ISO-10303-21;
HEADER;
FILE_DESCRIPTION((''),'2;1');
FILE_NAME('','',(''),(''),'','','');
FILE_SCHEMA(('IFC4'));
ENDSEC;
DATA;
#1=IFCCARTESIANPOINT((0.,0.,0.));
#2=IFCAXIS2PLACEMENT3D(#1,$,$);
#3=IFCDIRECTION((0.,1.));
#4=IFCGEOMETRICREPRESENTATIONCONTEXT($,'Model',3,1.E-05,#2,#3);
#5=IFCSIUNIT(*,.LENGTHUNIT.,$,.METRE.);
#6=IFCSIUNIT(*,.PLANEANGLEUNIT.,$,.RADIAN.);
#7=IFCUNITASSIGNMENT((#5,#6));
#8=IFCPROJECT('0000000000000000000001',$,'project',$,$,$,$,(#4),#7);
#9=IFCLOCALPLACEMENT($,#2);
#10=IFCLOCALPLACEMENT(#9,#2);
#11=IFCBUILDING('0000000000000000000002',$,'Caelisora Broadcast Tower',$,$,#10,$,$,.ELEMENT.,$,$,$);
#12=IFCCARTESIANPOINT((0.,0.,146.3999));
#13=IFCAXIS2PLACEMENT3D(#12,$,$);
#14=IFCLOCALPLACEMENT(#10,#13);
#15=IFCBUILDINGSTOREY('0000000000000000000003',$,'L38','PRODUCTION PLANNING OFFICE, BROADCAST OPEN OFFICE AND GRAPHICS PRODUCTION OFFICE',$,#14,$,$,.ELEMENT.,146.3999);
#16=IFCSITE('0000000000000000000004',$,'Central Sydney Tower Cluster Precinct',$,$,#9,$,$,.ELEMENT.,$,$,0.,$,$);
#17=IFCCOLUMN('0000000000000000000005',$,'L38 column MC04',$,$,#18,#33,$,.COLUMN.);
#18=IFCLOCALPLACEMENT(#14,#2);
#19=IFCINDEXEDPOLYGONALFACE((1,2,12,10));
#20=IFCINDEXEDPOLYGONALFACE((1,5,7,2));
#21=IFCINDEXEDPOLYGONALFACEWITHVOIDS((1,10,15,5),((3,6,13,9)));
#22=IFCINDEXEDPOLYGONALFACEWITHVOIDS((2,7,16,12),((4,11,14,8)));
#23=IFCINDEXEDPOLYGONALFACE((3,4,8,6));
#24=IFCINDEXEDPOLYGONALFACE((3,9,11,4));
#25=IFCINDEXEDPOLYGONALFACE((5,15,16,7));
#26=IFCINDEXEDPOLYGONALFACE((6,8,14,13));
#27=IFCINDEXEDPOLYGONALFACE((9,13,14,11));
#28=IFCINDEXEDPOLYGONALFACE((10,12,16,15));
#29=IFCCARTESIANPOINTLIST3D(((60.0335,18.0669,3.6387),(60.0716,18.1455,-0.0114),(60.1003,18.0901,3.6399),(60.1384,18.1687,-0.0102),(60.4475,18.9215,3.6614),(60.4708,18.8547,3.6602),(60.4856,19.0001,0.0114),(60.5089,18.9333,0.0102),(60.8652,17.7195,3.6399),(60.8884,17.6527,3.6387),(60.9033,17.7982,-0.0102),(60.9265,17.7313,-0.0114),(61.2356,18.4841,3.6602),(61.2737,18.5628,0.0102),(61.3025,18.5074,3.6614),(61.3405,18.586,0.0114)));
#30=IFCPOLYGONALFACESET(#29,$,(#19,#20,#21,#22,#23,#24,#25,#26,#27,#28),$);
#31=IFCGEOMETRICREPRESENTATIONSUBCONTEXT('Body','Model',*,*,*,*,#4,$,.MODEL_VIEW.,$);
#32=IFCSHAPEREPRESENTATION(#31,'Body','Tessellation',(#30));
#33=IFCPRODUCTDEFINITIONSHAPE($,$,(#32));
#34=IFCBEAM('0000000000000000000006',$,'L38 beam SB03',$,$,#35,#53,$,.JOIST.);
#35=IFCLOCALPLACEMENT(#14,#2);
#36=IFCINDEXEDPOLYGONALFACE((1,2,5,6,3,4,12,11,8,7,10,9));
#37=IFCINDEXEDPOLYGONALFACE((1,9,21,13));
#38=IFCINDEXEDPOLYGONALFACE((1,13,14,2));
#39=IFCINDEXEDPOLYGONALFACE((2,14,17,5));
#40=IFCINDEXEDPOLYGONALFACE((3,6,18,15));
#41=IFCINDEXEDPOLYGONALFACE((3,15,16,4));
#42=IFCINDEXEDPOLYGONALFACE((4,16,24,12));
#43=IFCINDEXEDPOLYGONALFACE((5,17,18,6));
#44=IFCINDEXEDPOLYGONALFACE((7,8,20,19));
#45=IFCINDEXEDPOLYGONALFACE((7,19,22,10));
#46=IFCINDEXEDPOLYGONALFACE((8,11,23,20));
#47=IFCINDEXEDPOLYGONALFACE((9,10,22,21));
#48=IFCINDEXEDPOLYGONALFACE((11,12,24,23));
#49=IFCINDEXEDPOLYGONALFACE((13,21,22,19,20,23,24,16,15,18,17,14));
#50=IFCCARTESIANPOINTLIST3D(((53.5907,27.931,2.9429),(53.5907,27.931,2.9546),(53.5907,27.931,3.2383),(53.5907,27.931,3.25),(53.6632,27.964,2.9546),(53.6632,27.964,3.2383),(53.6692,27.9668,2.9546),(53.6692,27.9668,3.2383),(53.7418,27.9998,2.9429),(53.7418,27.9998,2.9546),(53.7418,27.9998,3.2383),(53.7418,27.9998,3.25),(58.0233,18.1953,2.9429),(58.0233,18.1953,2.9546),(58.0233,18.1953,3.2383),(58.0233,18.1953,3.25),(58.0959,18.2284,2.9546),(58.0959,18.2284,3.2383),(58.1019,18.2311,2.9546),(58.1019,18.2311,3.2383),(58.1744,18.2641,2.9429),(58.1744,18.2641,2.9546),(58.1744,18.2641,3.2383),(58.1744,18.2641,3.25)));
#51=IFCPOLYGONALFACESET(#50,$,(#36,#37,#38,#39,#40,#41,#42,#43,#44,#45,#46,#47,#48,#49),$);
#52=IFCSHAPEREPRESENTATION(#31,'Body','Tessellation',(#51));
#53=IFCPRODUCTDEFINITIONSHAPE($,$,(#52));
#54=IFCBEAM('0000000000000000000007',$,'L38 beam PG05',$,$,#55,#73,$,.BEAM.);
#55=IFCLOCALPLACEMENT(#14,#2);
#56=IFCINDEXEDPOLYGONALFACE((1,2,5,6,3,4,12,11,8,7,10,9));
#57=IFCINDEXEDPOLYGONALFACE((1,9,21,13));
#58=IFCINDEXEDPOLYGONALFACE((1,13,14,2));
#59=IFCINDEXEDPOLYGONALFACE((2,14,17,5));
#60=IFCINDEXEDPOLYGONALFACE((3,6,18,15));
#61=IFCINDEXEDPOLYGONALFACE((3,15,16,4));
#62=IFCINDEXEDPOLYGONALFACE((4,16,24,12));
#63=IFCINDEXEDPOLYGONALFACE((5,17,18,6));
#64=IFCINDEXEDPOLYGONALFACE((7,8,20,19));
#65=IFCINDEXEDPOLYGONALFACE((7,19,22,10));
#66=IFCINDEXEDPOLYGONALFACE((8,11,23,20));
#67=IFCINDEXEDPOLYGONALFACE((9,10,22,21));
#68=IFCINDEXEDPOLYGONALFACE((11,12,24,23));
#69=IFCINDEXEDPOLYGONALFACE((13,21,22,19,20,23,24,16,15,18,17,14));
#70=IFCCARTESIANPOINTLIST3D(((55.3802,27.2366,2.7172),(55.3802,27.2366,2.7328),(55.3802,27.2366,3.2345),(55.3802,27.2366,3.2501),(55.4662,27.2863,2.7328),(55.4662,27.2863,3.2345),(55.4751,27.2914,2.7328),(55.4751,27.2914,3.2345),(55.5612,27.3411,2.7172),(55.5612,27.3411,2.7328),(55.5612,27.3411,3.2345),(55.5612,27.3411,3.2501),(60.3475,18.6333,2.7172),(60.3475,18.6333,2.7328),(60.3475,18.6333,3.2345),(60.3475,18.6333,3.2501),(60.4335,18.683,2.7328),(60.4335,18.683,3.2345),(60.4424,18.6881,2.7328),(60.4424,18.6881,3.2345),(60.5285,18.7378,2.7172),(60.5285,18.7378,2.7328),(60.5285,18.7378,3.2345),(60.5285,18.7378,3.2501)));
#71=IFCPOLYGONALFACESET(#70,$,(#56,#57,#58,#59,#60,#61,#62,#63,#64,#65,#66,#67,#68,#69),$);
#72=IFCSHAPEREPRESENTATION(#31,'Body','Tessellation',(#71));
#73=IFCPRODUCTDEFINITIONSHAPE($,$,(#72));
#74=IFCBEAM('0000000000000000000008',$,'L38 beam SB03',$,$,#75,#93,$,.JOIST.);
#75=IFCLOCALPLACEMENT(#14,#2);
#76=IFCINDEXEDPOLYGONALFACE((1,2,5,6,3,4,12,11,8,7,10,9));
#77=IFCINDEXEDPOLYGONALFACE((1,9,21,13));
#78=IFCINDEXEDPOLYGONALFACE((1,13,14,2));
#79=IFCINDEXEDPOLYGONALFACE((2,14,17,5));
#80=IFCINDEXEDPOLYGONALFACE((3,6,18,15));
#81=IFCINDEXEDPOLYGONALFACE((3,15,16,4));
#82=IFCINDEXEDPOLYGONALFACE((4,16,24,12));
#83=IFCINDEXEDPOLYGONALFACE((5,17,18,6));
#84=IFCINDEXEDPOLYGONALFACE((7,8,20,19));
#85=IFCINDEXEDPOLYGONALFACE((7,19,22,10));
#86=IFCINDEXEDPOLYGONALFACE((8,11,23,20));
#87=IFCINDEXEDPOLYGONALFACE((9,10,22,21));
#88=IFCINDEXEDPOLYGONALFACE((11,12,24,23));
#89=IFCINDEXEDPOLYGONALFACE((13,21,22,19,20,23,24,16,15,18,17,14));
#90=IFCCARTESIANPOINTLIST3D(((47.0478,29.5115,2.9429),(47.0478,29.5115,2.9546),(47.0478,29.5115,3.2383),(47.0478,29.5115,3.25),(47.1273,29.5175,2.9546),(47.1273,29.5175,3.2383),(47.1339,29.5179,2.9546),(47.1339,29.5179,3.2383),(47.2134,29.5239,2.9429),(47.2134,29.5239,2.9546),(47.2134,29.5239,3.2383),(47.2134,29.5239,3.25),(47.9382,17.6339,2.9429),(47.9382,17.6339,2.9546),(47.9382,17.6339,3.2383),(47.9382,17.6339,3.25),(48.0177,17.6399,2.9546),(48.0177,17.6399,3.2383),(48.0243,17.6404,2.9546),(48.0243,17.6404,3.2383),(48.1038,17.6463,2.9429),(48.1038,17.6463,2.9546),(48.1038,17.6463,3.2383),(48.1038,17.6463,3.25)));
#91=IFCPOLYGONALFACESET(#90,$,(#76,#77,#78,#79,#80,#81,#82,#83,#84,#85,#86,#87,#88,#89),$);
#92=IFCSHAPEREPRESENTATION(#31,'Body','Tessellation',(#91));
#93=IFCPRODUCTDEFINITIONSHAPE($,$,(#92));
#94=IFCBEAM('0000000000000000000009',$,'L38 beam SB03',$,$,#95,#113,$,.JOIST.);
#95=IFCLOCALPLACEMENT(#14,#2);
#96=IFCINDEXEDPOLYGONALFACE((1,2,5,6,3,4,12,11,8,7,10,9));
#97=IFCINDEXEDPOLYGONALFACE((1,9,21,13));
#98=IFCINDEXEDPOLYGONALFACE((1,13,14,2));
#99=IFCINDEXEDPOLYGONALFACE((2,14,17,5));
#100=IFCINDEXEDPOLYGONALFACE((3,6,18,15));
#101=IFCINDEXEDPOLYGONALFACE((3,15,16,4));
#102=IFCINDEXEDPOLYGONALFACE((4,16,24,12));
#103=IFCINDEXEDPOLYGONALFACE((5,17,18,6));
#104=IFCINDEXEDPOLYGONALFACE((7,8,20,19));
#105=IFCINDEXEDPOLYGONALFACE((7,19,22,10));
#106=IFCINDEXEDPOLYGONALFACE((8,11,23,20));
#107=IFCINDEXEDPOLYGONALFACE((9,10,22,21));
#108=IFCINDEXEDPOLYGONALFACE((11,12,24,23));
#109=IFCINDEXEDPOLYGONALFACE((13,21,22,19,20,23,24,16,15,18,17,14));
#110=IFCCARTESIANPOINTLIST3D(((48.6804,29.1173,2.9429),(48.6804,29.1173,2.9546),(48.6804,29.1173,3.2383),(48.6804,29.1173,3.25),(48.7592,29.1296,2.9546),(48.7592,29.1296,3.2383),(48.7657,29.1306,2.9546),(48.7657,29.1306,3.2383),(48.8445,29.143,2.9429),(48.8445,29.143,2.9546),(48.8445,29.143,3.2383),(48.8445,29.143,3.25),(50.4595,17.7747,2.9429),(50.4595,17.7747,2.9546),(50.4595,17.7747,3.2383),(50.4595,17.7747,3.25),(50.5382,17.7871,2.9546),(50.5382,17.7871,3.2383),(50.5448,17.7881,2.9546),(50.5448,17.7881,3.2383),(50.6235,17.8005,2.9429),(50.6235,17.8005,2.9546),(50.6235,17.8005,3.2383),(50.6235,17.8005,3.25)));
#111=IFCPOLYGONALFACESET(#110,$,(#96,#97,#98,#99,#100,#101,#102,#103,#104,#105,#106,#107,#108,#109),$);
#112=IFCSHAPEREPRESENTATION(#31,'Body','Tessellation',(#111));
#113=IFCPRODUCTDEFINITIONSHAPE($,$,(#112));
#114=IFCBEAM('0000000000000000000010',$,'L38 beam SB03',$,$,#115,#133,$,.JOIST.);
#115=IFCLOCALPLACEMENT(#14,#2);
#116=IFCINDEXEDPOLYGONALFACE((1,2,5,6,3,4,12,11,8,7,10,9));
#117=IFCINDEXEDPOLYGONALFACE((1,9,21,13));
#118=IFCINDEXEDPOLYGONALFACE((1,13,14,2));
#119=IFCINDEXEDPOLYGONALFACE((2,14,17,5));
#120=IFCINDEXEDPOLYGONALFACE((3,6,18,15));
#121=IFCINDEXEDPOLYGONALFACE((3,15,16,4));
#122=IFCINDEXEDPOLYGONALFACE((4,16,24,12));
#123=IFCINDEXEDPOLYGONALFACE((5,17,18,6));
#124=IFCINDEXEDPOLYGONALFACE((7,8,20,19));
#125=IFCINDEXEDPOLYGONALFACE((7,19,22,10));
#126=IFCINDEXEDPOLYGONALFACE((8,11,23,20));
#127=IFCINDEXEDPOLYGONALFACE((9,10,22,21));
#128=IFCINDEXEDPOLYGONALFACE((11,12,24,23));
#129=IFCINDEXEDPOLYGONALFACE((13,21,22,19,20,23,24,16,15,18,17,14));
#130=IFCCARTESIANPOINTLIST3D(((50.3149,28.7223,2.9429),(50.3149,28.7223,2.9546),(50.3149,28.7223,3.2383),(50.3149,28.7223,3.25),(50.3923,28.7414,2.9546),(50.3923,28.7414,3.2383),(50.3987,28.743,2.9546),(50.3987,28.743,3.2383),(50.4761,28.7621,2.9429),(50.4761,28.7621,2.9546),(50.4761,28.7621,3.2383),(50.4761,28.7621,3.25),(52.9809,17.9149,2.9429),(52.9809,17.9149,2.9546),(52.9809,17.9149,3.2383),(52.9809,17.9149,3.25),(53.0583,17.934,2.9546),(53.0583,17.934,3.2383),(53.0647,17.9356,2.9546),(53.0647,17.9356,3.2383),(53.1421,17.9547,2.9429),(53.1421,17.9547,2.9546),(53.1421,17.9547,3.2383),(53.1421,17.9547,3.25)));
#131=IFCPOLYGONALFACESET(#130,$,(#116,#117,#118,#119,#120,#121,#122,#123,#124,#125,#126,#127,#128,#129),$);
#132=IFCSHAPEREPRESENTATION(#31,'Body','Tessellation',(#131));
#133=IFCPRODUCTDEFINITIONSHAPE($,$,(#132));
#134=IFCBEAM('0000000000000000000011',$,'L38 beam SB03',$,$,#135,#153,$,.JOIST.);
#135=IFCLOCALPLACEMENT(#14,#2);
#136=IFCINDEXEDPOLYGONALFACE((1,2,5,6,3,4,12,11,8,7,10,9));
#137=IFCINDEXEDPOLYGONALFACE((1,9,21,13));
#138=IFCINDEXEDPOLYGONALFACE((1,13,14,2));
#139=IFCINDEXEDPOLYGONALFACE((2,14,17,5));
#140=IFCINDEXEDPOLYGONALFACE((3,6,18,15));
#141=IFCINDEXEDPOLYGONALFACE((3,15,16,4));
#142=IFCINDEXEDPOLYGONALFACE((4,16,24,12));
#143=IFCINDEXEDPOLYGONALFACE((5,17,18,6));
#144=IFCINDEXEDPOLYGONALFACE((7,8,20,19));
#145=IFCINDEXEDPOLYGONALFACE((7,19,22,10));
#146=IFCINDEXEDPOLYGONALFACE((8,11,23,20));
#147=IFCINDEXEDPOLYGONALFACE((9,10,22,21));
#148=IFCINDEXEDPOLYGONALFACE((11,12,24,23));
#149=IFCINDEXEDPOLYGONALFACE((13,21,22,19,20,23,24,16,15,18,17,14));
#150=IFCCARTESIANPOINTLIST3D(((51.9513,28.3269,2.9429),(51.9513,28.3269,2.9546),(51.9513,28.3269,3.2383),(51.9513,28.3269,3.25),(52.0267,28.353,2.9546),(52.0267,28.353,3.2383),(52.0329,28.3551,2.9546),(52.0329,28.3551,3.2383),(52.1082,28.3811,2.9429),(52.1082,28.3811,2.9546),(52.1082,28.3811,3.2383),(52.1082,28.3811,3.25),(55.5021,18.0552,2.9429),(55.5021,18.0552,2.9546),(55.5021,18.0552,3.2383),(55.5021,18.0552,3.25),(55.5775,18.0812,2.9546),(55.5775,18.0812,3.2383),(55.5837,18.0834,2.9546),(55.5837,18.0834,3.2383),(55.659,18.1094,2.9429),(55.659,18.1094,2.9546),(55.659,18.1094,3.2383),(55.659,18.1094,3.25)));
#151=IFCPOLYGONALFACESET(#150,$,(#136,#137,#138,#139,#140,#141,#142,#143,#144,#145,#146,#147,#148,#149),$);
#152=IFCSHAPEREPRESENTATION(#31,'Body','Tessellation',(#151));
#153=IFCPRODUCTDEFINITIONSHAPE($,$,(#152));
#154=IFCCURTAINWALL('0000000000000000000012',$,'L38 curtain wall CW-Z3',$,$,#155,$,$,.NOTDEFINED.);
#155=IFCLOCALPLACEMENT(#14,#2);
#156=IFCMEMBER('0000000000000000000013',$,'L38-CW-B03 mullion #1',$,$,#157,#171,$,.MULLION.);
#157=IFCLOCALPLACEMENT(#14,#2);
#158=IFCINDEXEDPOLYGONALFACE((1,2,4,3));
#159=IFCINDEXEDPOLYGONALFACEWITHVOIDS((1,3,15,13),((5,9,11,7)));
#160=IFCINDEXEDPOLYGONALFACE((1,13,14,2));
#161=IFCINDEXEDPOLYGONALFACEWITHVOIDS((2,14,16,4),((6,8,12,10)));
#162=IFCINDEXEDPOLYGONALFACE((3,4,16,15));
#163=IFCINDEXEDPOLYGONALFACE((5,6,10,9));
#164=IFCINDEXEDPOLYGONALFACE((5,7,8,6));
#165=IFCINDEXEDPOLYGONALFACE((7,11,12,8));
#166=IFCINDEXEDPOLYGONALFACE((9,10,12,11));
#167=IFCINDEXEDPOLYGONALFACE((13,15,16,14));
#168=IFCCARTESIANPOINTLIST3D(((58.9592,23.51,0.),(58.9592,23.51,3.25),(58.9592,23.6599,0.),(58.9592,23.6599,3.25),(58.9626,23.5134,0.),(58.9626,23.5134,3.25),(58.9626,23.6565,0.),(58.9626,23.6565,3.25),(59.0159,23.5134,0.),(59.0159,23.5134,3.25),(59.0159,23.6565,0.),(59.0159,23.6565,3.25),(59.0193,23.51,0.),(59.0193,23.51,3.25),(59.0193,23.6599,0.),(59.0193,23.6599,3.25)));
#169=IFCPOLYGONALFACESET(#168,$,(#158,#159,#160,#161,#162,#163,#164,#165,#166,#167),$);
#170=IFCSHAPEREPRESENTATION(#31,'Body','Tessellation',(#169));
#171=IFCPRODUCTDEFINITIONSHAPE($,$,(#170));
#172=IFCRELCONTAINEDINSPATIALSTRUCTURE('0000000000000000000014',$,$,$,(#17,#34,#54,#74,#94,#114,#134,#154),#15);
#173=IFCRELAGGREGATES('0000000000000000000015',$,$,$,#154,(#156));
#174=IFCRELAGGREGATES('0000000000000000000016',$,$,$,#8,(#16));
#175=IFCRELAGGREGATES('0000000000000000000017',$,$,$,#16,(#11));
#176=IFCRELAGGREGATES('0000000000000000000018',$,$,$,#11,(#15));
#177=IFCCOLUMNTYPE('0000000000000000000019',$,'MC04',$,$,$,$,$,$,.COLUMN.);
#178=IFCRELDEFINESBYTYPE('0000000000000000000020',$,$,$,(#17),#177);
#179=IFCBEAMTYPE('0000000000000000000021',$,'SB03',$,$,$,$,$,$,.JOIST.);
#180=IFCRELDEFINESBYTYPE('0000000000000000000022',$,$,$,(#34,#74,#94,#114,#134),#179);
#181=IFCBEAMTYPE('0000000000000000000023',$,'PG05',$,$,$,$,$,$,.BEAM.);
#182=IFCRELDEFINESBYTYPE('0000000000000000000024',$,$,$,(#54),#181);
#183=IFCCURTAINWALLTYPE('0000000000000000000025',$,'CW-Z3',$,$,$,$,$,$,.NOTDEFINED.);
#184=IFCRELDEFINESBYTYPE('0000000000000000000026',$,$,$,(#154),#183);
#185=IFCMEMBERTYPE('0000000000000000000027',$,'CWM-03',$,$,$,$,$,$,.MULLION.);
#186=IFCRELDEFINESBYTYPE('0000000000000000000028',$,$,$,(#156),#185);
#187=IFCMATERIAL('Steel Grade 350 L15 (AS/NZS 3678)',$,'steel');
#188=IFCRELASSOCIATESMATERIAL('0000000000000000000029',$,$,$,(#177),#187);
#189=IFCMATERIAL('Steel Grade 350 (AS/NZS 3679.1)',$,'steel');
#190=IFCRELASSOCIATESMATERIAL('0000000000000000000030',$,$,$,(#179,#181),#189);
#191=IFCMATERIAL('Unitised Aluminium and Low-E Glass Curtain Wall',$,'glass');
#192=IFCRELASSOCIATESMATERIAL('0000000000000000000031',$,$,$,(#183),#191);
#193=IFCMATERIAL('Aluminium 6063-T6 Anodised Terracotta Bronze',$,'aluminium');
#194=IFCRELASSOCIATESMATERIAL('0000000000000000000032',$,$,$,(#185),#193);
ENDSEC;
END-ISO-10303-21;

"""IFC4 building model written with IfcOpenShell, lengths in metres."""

from ifc_helpers import new_model, si_unit, direction, frame, origin, origin_2d, place, context, subcontext, project, spatial, hollow_rectangle, i_section, extrude, source, transform, mapped, material, material_profile, profile_set, type_object, type_shapes, element, aggregate, save


model = new_model("IFC4")

# Units and contexts
model_context = context("Model", 3, precision=1e-05, world=origin(), true_north=direction((0.0, 1.0)))
body_context = subcontext(model_context, "Body", "Model", "MODEL_VIEW")
ifc_project = project(units=[si_unit("LENGTHUNIT", "METRE"), si_unit("PLANEANGLEUNIT", "RADIAN")], contexts=[model_context])

# Site, building, storey
site_placement = place(None, origin())
site = spatial("IfcSite", under=ifc_project, at=site_placement, Name="Central Sydney Tower Cluster Precinct", CompositionType="ELEMENT", RefElevation=0.0)
building_placement = place(site_placement, origin())
building = spatial("IfcBuilding", under=site, at=building_placement, Name="Caelisora Broadcast Tower", CompositionType="ELEMENT")
storey_placement = place(building_placement, frame((0.0, 0.0, 146.3999)))
storey = spatial("IfcBuildingStorey", under=building, at=storey_placement, Name="L38", Description="PRODUCTION PLANNING OFFICE, BROADCAST OPEN OFFICE AND GRAPHICS PRODUCTION OFFICE", CompositionType="ELEMENT", Elevation=146.3999)

# Column
ifc_material_1 = material(Name="Steel Grade 350 L15 (AS/NZS 3678)", Category="steel")
ifc_material_profile_1 = material_profile(ifc_material_1, hollow_rectangle(XDim=0.95, YDim=0.95, WallThickness=0.05, at=origin_2d()), Name="Steel Grade 350 L15 (AS/NZS 3678)")
ifc_profile_set_1 = profile_set([ifc_material_profile_1], Name="Steel Grade 350 L15 (AS/NZS 3678)")
column_type = type_object("IfcColumnType", Name="MC04", PredefinedType="COLUMN", material=ifc_profile_set_1)
shared_shape_1 = source(origin(), body_context, "Body", "SweptSolid", [
    extrude(hollow_rectangle(XDim=0.95, YDim=0.95, WallThickness=0.05, at=origin_2d()), origin(), (0.0, 0.0, 1.0), 3.6511),
])
type_shapes(column_type, [shared_shape_1])
column_placement = place(storey_placement, frame((60.7061, 18.3657, 0.0), z_axis=(-0.010431, -0.021531, 0.999714), x_axis=(0.899947, -0.435999, 0.0)))
element("IfcColumn", 1, at=column_placement, inside=storey, type_object=column_type, Name="L38 column MC04", PredefinedType="COLUMN", context=body_context, shape_type="MappedRepresentation", body=[
    mapped(shared_shape_1, transform((0.0, 0.0, 0.0), scale=1.0)),
])

# Beams
ifc_material_2 = material(Name="Steel Grade 350 (AS/NZS 3679.1)", Category="steel")
ifc_material_profile_2 = material_profile(ifc_material_2, i_section(OverallWidth=0.166, OverallDepth=0.3071, WebThickness=0.0066, FlangeThickness=0.0117, at=origin_2d()), Name="Steel Grade 350 (AS/NZS 3679.1)")
ifc_profile_set_2 = profile_set([ifc_material_profile_2], Name="Steel Grade 350 (AS/NZS 3679.1)")
beam_type_1 = type_object("IfcBeamType", Name="SB03", PredefinedType="JOIST", material=ifc_profile_set_2)
shared_shape_2 = source(origin(), body_context, "Body", "SweptSolid", [
    extrude(i_section(OverallWidth=0.166, OverallDepth=0.3071, WebThickness=0.0066, FlangeThickness=0.0117, at=origin_2d()), origin(), (0.0, 0.0, 1.0), 10.6973),
])
beam_1_placement = place(storey_placement, frame((58.0989, 18.2297, 3.0964), z_axis=(-0.414372, 0.910108, 0.0), x_axis=(-0.910108, -0.414372, 0.0)))
element("IfcBeam", 2, at=beam_1_placement, inside=storey, type_object=beam_type_1, Name="L38 beam SB03", PredefinedType="JOIST", context=body_context, shape_type="MappedRepresentation", body=[
    mapped(shared_shape_2, transform((0.0, 0.0, 0.0), scale=1.0)),
])
ifc_material_profile_3 = material_profile(ifc_material_2, i_section(OverallWidth=0.209, OverallDepth=0.533, WebThickness=0.0103, FlangeThickness=0.0156, at=origin_2d()), Name="Steel Grade 350 (AS/NZS 3679.1)")
ifc_profile_set_3 = profile_set([ifc_material_profile_3], Name="Steel Grade 350 (AS/NZS 3679.1)")
beam_type_2 = type_object("IfcBeamType", Name="PG05", PredefinedType="BEAM", material=ifc_profile_set_3)
shared_shape_3 = source(origin(), body_context, "Body", "SweptSolid", [
    extrude(i_section(OverallWidth=0.209, OverallDepth=0.533, WebThickness=0.0103, FlangeThickness=0.0156, at=origin_2d()), origin(), (0.0, 0.0, 1.0), 9.9343),
])
type_shapes(beam_type_2, [shared_shape_3])
beam_2_placement = place(storey_placement, frame((60.438, 18.6855, 2.9836), z_axis=(-0.500014, 0.866017, 0.0), x_axis=(-0.866017, -0.500014, 0.0)))
element("IfcBeam", 3, at=beam_2_placement, inside=storey, type_object=beam_type_2, Name="L38 beam PG05", PredefinedType="BEAM", context=body_context, shape_type="MappedRepresentation", body=[
    mapped(shared_shape_3, transform((0.0, 0.0, 0.0), scale=1.0)),
])
shared_shape_4 = source(origin(), body_context, "Body", "SweptSolid", [
    extrude(i_section(OverallWidth=0.166, OverallDepth=0.3071, WebThickness=0.0066, FlangeThickness=0.0117, at=origin_2d()), origin(), (0.0, 0.0, 1.0), 11.9109),
])
beam_3_placement = place(storey_placement, frame((48.021, 17.6401, 3.0964), z_axis=(-0.074754, 0.997202, 0.0), x_axis=(-0.997202, -0.074754, 0.0)))
element("IfcBeam", 4, at=beam_3_placement, inside=storey, type_object=beam_type_1, Name="L38 beam SB03", PredefinedType="JOIST", context=body_context, shape_type="MappedRepresentation", body=[
    mapped(shared_shape_4, transform((0.0, 0.0, 0.0), scale=1.0)),
])
shared_shape_5 = source(origin(), body_context, "Body", "SweptSolid", [
    extrude(i_section(OverallWidth=0.166, OverallDepth=0.3071, WebThickness=0.0066, FlangeThickness=0.0117, at=origin_2d()), origin(), (0.0, 0.0, 1.0), 11.4812),
])
beam_4_placement = place(storey_placement, frame((50.5415, 17.7876, 3.0964), z_axis=(-0.154954, 0.987922, 0.0), x_axis=(-0.987922, -0.154954, 0.0)))
element("IfcBeam", 5, at=beam_4_placement, inside=storey, type_object=beam_type_1, Name="L38 beam SB03", PredefinedType="JOIST", context=body_context, shape_type="MappedRepresentation", body=[
    mapped(shared_shape_5, transform((0.0, 0.0, 0.0), scale=1.0)),
])
shared_shape_6 = source(origin(), body_context, "Body", "SweptSolid", [
    extrude(i_section(OverallWidth=0.166, OverallDepth=0.3071, WebThickness=0.0066, FlangeThickness=0.0117, at=origin_2d()), origin(), (0.0, 0.0, 1.0), 11.1313),
])
beam_5_placement = place(storey_placement, frame((53.0615, 17.9348, 3.0964), z_axis=(-0.239505, 0.970895, 0.0), x_axis=(-0.970895, -0.239505, 0.0)))
element("IfcBeam", 6, at=beam_5_placement, inside=storey, type_object=beam_type_1, Name="L38 beam SB03", PredefinedType="JOIST", context=body_context, shape_type="MappedRepresentation", body=[
    mapped(shared_shape_6, transform((0.0, 0.0, 0.0), scale=1.0)),
])
shared_shape_7 = source(origin(), body_context, "Body", "SweptSolid", [
    extrude(i_section(OverallWidth=0.166, OverallDepth=0.3071, WebThickness=0.0066, FlangeThickness=0.0117, at=origin_2d()), origin(), (0.0, 0.0, 1.0), 10.8682),
])
type_shapes(beam_type_1, [shared_shape_2, shared_shape_4, shared_shape_5, shared_shape_6, shared_shape_7])
beam_6_placement = place(storey_placement, frame((55.5806, 18.0823, 3.0964), z_axis=(-0.326715, 0.945123, 0.0), x_axis=(-0.945123, -0.326715, 0.0)))
element("IfcBeam", 7, at=beam_6_placement, inside=storey, type_object=beam_type_1, Name="L38 beam SB03", PredefinedType="JOIST", context=body_context, shape_type="MappedRepresentation", body=[
    mapped(shared_shape_7, transform((0.0, 0.0, 0.0), scale=1.0)),
])

# Curtain wall, member
ifc_material_3 = material(Name="Unitised Aluminium and Low-E Glass Curtain Wall", Category="glass")
curtain_wall_type = type_object("IfcCurtainWallType", Name="CW-Z3", PredefinedType="NOTDEFINED", material=ifc_material_3)
curtain_wall_placement = place(storey_placement, origin())
curtain_wall = element("IfcCurtainWall", 8, at=curtain_wall_placement, inside=storey, type_object=curtain_wall_type, Name="L38 curtain wall CW-Z3", PredefinedType="NOTDEFINED")
ifc_material_4 = material(Name="Aluminium 6063-T6 Anodised Terracotta Bronze", Category="aluminium")
ifc_material_profile_4 = material_profile(ifc_material_4, hollow_rectangle(XDim=0.0601, YDim=0.1499, WallThickness=0.0034, at=origin_2d()), Name="Aluminium 6063-T6 Anodised Terracotta Bronze")
ifc_profile_set_4 = profile_set([ifc_material_profile_4], Name="Aluminium 6063-T6 Anodised Terracotta Bronze")
member_type = type_object("IfcMemberType", Name="CWM-03", PredefinedType="MULLION", material=ifc_profile_set_4)
shared_shape_8 = source(origin(), body_context, "Body", "SweptSolid", [
    extrude(hollow_rectangle(XDim=0.0601, YDim=0.1499, WallThickness=0.0034, at=origin_2d()), origin(), (0.0, 0.0, 1.0), 3.25),
])
type_shapes(member_type, [shared_shape_8])
member_1_placement = place(storey_placement, frame((58.9893, 23.585, 0.0), z_axis=(0.0, 0.0, 1.0), x_axis=(1.0, 0.0, 0.0)))
member_1 = element("IfcMember", 9, at=member_1_placement, type_object=member_type, Name="L38-CW-B03 mullion #1", PredefinedType="MULLION", context=body_context, shape_type="MappedRepresentation", body=[
    mapped(shared_shape_8, transform((0.0, 0.0, 0.0), scale=1.0)),
])
aggregate(curtain_wall, [member_1])

save(model, "model.ifc")
